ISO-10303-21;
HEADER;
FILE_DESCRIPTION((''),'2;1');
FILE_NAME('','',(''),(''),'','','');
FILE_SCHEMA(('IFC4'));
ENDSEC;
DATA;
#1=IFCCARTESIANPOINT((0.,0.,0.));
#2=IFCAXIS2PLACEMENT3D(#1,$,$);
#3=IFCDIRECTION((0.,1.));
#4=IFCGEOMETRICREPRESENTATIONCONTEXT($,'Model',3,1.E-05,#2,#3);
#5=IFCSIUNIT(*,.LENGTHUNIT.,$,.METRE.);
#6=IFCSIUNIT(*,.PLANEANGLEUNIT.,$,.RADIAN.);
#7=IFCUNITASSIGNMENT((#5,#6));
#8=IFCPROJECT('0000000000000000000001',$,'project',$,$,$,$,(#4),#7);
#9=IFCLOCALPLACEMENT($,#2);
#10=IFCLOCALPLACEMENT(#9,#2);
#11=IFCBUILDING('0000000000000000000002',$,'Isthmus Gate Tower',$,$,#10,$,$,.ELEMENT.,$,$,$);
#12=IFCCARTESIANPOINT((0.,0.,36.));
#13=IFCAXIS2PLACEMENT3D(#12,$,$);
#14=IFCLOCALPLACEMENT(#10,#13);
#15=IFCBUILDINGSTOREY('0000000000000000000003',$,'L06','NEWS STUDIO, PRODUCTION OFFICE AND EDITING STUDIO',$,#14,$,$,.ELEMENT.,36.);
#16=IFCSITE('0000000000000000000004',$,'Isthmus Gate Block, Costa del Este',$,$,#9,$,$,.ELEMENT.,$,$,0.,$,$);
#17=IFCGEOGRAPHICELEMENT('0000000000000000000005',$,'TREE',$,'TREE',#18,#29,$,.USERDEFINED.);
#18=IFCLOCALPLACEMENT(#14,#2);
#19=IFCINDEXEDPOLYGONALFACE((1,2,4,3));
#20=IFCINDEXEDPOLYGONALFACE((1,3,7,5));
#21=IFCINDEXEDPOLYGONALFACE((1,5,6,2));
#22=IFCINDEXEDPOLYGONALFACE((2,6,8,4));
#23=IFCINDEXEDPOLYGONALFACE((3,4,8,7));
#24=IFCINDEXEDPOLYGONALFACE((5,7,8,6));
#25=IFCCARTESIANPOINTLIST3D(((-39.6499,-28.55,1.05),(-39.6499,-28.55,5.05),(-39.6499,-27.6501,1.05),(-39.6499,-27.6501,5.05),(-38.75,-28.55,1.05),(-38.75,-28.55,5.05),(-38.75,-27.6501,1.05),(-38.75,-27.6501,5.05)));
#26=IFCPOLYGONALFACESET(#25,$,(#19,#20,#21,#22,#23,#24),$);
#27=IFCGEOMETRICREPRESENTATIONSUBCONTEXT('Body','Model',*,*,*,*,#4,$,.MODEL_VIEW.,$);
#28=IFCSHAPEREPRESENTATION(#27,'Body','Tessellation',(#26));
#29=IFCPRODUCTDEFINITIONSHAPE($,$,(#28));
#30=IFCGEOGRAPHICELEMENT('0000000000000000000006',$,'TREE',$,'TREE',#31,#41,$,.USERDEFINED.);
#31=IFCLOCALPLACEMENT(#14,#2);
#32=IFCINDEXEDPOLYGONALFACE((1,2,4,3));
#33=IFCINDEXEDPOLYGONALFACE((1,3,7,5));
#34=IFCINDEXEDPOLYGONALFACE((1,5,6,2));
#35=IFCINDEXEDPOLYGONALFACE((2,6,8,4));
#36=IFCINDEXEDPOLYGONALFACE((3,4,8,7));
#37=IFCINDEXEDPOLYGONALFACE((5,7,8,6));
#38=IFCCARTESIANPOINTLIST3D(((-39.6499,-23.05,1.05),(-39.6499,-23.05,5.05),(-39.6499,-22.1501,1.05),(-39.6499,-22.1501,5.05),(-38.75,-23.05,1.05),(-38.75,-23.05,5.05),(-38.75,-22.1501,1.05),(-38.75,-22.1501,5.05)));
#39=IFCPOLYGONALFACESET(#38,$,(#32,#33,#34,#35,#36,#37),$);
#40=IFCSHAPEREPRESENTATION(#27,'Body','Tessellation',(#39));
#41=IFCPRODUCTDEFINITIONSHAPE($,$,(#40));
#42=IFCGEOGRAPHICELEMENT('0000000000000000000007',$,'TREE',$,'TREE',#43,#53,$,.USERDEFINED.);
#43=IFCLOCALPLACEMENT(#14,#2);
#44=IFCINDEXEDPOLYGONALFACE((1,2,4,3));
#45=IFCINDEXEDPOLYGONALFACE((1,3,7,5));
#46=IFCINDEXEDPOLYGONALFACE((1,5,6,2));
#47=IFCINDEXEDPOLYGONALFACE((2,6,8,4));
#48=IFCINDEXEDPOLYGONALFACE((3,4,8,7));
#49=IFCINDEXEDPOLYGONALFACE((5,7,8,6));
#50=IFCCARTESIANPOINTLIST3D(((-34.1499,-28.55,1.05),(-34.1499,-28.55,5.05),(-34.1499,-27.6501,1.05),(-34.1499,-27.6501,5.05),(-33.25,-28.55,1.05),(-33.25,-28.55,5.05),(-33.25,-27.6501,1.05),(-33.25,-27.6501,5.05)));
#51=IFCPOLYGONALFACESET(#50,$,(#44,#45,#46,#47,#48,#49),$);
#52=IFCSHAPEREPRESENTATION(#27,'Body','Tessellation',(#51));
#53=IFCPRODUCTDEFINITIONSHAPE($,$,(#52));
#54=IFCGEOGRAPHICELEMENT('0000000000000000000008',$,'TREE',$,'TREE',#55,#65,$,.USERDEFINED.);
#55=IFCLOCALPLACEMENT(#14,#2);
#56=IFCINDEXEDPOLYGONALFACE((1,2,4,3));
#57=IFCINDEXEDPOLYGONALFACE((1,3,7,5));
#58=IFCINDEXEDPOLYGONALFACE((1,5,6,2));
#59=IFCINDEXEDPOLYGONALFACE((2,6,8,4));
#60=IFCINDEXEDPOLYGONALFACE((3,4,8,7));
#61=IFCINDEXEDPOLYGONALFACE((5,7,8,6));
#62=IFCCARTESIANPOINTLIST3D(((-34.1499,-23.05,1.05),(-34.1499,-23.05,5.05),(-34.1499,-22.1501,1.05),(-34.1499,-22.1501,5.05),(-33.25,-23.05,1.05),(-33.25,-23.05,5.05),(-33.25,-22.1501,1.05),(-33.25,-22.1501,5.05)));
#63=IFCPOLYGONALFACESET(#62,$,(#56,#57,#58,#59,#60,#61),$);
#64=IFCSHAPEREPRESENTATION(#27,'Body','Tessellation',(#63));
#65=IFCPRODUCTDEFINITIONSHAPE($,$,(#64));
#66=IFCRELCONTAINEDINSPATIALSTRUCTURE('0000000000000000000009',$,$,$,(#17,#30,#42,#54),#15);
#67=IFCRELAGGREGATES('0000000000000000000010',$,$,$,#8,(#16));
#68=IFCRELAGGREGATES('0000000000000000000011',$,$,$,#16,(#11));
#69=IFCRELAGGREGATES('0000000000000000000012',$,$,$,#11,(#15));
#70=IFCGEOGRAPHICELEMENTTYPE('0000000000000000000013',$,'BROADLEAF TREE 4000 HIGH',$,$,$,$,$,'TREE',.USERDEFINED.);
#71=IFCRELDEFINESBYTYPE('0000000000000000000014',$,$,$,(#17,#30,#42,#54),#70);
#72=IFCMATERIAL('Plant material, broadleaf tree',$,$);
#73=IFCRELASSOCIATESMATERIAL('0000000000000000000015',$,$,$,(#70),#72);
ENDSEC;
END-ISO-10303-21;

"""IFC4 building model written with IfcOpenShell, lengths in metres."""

from ifc_helpers import new_model, si_unit, direction, frame, origin, origin_2d, place, context, subcontext, project, spatial, rectangle, extrude, material, type_object, element, save


model = new_model("IFC4")

# Units and contexts
model_context = context("Model", 3, precision=1e-05, world=origin(), true_north=direction((0.0, 1.0)))
body_context = subcontext(model_context, "Body", "Model", "MODEL_VIEW")
ifc_project = project(units=[si_unit("LENGTHUNIT", "METRE"), si_unit("PLANEANGLEUNIT", "RADIAN")], contexts=[model_context])

# Site, building, storey
site_placement = place(None, origin())
site = spatial("IfcSite", under=ifc_project, at=site_placement, Name="Isthmus Gate Block, Costa del Este", CompositionType="ELEMENT", RefElevation=0.0)
building_placement = place(site_placement, origin())
building = spatial("IfcBuilding", under=site, at=building_placement, Name="Isthmus Gate Tower", CompositionType="ELEMENT")
storey_placement = place(building_placement, frame((0.0, 0.0, 36.0)))
storey = spatial("IfcBuildingStorey", under=building, at=storey_placement, Name="L06", Description="NEWS STUDIO, PRODUCTION OFFICE AND EDITING STUDIO", CompositionType="ELEMENT", Elevation=36.0)

# Geographic elements
ifc_material_1 = material(Name="Plant material, broadleaf tree")
geographic_element_type = type_object("IfcGeographicElementType", Name="BROADLEAF TREE 4000 HIGH", ElementType="TREE", PredefinedType="USERDEFINED", material=ifc_material_1)
for number, where, z_axis, x_axis, name in (
    (1, (-39.2, -28.1001, 1.05), (0.0, 0.0, 1.0), (1.0, 0.0, 0.0), "TREE"),
    (2, (-39.2, -22.6001, 1.05), (0.0, 0.0, 1.0), (1.0, 0.0, 0.0), "TREE"),
    (3, (-33.7, -28.1001, 1.05), (0.0, 0.0, 1.0), (1.0, 0.0, 0.0), "TREE"),
    (4, (-33.7, -22.6001, 1.05), (0.0, 0.0, 1.0), (1.0, 0.0, 0.0), "TREE"),
):
    element("IfcGeographicElement", number, at=place(storey_placement, frame(where, z_axis=z_axis, x_axis=x_axis)), inside=storey, type_object=geographic_element_type, Name=name, ObjectType="TREE", PredefinedType="USERDEFINED", context=body_context, shape_type="SweptSolid", body=[
        extrude(rectangle(XDim=0.8999, YDim=0.8999, at=origin_2d()), origin(), (0.0, 0.0, 1.0), 4.0),
    ])

save(model, "model.ifc")
